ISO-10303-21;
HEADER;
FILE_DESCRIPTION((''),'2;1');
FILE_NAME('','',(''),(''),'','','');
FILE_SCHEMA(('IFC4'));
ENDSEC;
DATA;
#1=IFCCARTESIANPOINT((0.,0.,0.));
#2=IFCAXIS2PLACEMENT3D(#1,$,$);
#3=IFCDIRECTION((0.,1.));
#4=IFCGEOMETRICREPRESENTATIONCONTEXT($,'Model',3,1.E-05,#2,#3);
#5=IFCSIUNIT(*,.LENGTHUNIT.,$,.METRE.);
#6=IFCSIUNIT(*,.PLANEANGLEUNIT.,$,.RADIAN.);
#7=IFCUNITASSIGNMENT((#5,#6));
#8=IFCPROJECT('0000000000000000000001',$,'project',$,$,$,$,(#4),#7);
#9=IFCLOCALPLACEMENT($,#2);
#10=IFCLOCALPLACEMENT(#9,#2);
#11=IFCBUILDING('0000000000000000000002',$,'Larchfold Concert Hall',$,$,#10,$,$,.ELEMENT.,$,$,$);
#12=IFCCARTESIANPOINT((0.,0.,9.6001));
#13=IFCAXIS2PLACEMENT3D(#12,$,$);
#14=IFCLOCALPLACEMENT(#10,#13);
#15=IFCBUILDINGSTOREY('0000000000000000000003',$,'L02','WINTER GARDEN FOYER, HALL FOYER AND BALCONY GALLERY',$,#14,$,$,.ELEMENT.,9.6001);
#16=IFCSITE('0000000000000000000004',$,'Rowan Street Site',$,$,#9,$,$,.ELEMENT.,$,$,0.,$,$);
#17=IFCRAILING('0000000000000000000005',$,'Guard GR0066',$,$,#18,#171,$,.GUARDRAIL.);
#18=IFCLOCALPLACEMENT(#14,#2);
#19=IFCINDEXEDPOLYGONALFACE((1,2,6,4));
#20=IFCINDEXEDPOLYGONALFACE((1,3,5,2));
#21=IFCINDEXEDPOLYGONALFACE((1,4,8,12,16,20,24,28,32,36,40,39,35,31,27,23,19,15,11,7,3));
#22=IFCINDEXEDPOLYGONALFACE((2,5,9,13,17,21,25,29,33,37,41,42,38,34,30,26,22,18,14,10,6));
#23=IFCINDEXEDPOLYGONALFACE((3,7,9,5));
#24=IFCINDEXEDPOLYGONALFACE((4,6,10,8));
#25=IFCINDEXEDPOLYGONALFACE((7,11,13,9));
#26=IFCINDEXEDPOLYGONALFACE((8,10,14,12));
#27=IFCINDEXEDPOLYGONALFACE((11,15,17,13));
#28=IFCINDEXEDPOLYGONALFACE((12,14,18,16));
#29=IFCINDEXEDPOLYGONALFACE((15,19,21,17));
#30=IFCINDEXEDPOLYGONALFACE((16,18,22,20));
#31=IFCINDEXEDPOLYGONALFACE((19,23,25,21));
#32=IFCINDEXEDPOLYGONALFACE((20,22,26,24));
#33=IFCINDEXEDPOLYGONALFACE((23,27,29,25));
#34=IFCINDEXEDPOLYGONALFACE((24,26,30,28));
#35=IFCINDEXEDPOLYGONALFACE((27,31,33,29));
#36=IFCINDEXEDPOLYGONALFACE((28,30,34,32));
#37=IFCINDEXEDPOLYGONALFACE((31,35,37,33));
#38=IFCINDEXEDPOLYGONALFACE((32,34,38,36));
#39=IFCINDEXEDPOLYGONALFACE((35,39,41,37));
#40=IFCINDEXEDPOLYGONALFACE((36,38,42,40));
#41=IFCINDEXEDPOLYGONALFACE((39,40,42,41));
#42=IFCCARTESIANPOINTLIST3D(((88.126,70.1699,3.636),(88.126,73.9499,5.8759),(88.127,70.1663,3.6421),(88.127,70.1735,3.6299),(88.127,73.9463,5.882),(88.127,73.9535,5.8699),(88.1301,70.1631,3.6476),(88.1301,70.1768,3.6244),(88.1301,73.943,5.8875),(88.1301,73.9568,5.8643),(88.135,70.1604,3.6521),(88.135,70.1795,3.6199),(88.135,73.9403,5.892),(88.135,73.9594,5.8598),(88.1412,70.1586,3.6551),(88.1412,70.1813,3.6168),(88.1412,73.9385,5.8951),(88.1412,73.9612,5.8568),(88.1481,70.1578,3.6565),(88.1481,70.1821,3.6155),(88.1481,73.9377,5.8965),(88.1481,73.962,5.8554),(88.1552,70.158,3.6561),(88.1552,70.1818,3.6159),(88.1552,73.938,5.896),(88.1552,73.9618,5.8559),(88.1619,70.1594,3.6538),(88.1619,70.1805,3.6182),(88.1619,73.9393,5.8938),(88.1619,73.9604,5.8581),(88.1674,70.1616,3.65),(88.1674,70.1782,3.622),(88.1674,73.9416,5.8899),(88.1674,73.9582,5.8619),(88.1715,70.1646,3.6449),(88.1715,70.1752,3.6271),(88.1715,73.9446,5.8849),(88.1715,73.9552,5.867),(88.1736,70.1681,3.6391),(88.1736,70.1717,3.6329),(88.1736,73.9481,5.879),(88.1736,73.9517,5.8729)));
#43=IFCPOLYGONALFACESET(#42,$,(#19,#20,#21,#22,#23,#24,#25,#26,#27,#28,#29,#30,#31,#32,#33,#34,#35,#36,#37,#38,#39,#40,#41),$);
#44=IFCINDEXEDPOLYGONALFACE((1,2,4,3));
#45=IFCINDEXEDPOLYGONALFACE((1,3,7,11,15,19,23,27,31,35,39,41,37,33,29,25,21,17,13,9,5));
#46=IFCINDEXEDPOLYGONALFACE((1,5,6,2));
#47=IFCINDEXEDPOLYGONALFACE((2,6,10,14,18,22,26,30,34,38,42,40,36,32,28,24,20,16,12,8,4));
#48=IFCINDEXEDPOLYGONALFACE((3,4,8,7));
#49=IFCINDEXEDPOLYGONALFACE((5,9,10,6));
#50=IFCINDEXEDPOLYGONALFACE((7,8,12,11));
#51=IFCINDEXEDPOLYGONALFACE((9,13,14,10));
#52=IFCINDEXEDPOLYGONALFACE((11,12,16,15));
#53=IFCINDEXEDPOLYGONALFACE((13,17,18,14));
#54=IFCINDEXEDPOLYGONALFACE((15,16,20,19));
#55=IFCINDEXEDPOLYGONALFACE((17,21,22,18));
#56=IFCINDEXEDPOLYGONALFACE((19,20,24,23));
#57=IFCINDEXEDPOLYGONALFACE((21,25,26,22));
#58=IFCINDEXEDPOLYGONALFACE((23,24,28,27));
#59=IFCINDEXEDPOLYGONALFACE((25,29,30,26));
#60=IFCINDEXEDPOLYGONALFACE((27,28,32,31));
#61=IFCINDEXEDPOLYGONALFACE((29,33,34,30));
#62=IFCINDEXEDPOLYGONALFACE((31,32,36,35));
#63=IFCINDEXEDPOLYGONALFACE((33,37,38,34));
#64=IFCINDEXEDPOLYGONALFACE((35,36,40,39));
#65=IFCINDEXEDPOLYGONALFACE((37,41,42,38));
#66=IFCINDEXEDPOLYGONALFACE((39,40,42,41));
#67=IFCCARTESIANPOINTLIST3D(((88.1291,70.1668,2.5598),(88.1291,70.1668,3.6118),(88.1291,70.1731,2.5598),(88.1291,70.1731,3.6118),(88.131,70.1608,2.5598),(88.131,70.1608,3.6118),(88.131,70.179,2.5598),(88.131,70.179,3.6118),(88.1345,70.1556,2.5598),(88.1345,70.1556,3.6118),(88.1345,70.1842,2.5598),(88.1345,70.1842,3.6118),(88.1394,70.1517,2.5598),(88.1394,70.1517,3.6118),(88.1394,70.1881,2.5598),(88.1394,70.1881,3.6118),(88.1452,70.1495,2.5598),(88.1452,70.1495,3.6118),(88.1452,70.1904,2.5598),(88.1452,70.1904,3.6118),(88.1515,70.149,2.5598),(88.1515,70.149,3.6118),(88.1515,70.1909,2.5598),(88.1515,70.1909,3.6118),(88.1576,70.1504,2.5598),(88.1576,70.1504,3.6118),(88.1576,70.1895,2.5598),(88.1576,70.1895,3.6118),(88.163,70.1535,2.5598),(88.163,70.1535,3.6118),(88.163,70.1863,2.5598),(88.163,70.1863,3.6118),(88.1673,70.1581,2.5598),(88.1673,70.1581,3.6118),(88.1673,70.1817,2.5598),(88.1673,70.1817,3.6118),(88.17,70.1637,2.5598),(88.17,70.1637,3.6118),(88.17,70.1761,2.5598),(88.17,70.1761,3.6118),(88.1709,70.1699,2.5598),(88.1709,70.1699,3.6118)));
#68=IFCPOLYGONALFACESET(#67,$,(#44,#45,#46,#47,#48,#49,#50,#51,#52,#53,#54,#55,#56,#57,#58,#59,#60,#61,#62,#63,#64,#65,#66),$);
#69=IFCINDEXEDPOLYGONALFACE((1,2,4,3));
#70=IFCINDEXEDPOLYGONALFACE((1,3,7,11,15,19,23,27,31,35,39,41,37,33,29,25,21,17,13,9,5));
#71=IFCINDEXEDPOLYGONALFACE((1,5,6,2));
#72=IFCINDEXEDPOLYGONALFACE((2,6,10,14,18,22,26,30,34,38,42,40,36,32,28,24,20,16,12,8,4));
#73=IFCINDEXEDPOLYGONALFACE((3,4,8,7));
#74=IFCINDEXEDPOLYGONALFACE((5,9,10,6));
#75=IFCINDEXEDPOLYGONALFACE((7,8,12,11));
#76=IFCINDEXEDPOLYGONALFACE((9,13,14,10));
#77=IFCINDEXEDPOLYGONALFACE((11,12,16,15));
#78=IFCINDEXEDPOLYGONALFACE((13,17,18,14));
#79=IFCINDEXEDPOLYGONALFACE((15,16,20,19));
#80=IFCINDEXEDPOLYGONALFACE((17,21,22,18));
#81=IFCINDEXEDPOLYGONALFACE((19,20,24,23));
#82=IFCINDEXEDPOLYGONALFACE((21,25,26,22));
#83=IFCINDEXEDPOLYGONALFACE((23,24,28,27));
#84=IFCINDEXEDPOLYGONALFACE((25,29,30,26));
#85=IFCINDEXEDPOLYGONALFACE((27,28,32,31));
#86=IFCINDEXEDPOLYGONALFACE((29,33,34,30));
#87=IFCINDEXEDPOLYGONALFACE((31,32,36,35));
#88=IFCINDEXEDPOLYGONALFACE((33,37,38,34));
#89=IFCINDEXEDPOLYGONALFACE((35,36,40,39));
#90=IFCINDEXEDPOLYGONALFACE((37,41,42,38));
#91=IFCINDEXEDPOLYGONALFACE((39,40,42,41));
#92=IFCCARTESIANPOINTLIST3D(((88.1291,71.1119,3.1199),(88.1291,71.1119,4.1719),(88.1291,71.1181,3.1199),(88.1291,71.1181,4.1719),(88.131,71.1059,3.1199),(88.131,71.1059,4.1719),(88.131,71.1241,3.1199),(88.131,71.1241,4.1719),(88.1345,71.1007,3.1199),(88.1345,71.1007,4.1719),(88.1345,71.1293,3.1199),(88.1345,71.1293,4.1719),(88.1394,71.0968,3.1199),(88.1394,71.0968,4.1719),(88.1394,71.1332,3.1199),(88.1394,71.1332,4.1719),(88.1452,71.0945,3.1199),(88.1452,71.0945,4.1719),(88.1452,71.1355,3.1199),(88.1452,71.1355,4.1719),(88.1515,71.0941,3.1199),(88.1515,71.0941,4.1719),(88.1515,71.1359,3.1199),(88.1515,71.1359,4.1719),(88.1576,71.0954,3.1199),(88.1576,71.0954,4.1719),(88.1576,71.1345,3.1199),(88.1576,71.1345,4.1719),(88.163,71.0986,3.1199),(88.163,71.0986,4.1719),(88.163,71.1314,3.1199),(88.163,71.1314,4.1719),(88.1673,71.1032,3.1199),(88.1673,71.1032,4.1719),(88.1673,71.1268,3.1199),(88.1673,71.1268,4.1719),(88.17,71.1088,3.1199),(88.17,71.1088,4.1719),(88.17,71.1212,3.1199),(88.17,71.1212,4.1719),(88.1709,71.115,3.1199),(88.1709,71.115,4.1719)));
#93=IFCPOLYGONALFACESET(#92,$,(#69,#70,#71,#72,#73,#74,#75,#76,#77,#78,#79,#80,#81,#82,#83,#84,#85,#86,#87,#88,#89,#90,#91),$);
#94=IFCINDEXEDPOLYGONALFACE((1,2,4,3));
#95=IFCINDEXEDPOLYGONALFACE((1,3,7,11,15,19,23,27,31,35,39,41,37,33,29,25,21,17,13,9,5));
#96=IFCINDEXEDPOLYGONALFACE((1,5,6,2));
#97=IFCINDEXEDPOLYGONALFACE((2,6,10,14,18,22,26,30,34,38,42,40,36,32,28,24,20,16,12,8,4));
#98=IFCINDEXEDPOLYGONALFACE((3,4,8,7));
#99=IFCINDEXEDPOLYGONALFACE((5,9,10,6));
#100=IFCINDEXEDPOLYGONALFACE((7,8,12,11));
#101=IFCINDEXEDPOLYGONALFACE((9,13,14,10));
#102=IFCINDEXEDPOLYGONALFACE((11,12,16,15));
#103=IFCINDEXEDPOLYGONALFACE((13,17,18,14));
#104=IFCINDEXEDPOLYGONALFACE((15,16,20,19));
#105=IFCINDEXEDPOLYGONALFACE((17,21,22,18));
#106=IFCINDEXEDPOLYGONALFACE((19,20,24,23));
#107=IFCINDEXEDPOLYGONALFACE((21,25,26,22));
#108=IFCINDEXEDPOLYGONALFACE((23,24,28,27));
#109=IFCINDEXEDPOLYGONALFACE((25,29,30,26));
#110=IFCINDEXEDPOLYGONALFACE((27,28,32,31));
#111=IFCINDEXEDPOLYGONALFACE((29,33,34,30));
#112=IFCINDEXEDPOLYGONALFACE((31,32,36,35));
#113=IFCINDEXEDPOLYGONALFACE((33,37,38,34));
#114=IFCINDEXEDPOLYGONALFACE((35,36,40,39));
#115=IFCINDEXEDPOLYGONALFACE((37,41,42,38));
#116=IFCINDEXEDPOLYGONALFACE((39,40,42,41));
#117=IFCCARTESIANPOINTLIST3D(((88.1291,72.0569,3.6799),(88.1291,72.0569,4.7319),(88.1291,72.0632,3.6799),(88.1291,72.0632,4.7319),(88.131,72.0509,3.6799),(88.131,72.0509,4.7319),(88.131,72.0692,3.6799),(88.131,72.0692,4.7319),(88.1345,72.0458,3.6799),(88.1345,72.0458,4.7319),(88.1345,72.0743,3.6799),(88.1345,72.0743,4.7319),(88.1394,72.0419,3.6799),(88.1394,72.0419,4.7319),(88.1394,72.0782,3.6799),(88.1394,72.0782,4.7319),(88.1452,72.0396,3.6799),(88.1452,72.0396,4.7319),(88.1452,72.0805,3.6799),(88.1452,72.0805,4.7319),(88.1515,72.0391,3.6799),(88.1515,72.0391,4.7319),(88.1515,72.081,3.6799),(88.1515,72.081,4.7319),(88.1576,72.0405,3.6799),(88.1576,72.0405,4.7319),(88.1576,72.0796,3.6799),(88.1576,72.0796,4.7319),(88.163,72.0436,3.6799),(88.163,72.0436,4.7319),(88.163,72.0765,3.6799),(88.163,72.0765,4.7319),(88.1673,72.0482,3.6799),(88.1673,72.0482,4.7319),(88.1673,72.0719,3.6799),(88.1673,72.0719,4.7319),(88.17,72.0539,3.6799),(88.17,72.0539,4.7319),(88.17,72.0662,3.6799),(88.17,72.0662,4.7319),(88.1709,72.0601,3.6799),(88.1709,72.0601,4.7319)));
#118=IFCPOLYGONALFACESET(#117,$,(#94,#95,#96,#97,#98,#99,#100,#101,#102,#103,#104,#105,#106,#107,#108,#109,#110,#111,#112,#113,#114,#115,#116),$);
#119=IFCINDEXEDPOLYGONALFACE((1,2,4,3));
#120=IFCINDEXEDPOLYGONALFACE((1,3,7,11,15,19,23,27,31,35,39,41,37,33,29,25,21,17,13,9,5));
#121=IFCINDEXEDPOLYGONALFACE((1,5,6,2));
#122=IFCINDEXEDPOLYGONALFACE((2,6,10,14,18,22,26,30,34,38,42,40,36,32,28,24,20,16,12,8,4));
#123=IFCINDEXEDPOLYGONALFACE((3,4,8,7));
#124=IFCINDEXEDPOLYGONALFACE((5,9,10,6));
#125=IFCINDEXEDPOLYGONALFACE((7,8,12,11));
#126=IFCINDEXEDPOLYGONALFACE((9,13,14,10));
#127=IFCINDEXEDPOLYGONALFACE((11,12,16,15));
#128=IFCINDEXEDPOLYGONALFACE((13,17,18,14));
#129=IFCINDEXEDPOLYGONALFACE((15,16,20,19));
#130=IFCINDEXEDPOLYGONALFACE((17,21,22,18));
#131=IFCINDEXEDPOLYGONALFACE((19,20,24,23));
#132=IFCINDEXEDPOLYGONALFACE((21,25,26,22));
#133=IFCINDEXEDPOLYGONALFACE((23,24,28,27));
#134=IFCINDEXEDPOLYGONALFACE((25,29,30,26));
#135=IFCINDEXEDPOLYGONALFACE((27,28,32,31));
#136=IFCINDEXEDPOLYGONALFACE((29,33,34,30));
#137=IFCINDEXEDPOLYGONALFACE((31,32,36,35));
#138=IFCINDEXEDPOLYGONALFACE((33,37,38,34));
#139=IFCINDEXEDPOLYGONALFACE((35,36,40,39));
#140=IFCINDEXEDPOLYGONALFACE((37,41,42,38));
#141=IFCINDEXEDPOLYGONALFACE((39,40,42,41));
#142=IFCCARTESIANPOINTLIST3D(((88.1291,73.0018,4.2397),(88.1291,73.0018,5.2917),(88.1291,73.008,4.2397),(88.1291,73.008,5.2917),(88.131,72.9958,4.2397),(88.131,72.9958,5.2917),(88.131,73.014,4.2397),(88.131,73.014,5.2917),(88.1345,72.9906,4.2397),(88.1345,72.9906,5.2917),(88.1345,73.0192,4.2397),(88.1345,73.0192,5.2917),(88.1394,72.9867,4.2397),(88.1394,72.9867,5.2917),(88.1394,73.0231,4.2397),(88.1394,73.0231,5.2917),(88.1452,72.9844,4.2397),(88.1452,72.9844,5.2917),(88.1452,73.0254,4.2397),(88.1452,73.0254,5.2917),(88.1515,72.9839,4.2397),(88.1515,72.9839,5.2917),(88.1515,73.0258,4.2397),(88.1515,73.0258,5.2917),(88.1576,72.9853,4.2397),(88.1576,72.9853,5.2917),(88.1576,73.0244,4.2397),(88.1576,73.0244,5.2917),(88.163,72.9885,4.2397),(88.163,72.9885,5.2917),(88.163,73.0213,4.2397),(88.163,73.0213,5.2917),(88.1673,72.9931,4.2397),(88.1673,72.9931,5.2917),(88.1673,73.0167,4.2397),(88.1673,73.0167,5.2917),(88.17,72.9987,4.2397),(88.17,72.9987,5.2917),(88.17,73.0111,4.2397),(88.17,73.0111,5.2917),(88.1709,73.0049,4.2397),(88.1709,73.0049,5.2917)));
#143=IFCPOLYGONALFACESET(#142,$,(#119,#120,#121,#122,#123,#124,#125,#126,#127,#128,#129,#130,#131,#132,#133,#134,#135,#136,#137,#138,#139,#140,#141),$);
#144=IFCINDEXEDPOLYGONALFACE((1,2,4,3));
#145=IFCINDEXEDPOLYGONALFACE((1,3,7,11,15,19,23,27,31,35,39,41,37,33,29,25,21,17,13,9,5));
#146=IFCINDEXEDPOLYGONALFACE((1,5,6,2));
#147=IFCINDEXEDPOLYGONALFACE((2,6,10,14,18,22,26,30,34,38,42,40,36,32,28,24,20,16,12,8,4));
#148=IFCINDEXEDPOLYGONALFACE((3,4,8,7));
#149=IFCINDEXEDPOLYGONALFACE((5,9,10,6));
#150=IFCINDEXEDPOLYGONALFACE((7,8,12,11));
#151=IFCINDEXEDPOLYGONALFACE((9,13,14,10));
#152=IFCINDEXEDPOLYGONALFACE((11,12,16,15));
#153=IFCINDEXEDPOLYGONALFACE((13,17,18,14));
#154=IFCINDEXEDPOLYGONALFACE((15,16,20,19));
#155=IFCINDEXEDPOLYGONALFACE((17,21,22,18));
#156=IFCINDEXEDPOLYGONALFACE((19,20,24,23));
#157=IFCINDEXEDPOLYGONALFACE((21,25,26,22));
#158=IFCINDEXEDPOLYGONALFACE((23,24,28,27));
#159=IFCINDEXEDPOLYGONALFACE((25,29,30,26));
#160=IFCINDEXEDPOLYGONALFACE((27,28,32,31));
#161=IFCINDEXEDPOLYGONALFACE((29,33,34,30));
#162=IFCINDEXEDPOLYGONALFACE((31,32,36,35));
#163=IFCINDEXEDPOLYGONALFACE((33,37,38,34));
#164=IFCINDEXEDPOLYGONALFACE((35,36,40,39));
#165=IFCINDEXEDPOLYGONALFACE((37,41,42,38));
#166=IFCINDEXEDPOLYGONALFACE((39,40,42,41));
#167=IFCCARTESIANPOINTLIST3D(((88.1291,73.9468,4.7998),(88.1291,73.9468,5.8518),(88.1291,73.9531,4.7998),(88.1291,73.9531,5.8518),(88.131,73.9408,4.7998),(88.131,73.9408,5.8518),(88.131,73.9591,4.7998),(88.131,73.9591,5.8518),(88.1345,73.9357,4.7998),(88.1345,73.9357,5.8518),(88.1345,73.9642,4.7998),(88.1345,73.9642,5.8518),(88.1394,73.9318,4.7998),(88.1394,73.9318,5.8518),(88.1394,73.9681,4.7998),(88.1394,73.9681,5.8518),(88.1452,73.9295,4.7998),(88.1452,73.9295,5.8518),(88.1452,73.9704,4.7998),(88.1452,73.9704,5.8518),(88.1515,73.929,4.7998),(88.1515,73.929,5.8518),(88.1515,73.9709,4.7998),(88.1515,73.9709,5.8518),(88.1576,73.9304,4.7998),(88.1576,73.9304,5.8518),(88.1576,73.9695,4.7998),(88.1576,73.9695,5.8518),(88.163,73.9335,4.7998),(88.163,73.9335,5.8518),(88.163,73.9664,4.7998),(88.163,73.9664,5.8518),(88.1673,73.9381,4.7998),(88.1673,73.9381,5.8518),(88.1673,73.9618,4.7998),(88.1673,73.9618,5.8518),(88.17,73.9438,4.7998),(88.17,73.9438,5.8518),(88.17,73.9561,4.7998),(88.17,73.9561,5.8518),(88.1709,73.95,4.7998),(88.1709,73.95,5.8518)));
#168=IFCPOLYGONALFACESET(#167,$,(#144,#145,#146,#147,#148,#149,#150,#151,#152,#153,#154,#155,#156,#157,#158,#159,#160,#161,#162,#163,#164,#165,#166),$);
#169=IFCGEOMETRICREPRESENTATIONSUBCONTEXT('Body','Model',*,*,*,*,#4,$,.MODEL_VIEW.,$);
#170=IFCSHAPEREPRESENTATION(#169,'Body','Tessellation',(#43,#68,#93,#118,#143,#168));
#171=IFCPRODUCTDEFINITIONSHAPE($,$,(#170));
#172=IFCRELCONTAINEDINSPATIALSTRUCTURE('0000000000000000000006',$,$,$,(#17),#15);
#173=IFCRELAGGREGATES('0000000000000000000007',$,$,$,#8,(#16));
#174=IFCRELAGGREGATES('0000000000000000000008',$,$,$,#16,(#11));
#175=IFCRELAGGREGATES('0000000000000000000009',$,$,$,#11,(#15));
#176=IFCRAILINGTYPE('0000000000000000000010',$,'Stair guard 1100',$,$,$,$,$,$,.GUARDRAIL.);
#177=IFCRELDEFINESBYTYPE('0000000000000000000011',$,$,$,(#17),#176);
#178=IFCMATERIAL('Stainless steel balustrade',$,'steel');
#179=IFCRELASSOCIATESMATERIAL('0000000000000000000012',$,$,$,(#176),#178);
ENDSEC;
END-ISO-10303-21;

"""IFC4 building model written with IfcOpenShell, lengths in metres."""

from ifc_helpers import new_model, si_unit, direction, frame, origin, origin_2d, place, context, subcontext, project, spatial, circle, extrude, material, type_object, element, save


model = new_model("IFC4")

# Units and contexts
model_context = context("Model", 3, precision=1e-05, world=origin(), true_north=direction((0.0, 1.0)))
body_context = subcontext(model_context, "Body", "Model", "MODEL_VIEW")
ifc_project = project(units=[si_unit("LENGTHUNIT", "METRE"), si_unit("PLANEANGLEUNIT", "RADIAN")], contexts=[model_context])

# Site, building, storey
site_placement = place(None, origin())
site = spatial("IfcSite", under=ifc_project, at=site_placement, Name="Rowan Street Site", CompositionType="ELEMENT", RefElevation=0.0)
building_placement = place(site_placement, origin())
building = spatial("IfcBuilding", under=site, at=building_placement, Name="Larchfold Concert Hall", CompositionType="ELEMENT")
storey_placement = place(building_placement, frame((0.0, 0.0, 9.6001)))
storey = spatial("IfcBuildingStorey", under=building, at=storey_placement, Name="L02", Description="WINTER GARDEN FOYER, HALL FOYER AND BALCONY GALLERY", CompositionType="ELEMENT", Elevation=9.6001)

# Railing
ifc_material_1 = material(Name="Stainless steel balustrade", Category="steel")
railing_type_1 = type_object("IfcRailingType", Name="Stair guard 1100", PredefinedType="GUARDRAIL", material=ifc_material_1)
railing_1_placement = place(storey_placement, frame((88.1499, 70.1699, 2.5598)))
element("IfcRailing", 1, at=railing_1_placement, inside=storey, type_object=railing_type_1, Name="Guard GR0066", PredefinedType="GUARDRAIL", context=body_context, shape_type="SweptSolid", body=[
    extrude(circle(Radius=0.0239, at=origin_2d()), frame((0.0, 0.0, 1.0762), z_axis=(0.0, 0.860294, 0.509798), x_axis=(-1.0, 0.0, 0.0)), (0.0, 0.0, 1.0), 4.3938),
    extrude(circle(Radius=0.021, at=origin_2d()), origin(), (0.0, 0.0, 1.0), 1.052),
    extrude(circle(Radius=0.021, at=origin_2d()), frame((0.0, 0.9451, 0.5601)), (0.0, 0.0, 1.0), 1.052),
    extrude(circle(Radius=0.021, at=origin_2d()), frame((0.0, 1.8901, 1.1201)), (0.0, 0.0, 1.0), 1.052),
    extrude(circle(Radius=0.021, at=origin_2d()), frame((0.0, 2.835, 1.6799)), (0.0, 0.0, 1.0), 1.052),
    extrude(circle(Radius=0.021, at=origin_2d()), frame((0.0, 3.78, 2.24)), (0.0, 0.0, 1.0), 1.052),
])

save(model, "model.ifc")
